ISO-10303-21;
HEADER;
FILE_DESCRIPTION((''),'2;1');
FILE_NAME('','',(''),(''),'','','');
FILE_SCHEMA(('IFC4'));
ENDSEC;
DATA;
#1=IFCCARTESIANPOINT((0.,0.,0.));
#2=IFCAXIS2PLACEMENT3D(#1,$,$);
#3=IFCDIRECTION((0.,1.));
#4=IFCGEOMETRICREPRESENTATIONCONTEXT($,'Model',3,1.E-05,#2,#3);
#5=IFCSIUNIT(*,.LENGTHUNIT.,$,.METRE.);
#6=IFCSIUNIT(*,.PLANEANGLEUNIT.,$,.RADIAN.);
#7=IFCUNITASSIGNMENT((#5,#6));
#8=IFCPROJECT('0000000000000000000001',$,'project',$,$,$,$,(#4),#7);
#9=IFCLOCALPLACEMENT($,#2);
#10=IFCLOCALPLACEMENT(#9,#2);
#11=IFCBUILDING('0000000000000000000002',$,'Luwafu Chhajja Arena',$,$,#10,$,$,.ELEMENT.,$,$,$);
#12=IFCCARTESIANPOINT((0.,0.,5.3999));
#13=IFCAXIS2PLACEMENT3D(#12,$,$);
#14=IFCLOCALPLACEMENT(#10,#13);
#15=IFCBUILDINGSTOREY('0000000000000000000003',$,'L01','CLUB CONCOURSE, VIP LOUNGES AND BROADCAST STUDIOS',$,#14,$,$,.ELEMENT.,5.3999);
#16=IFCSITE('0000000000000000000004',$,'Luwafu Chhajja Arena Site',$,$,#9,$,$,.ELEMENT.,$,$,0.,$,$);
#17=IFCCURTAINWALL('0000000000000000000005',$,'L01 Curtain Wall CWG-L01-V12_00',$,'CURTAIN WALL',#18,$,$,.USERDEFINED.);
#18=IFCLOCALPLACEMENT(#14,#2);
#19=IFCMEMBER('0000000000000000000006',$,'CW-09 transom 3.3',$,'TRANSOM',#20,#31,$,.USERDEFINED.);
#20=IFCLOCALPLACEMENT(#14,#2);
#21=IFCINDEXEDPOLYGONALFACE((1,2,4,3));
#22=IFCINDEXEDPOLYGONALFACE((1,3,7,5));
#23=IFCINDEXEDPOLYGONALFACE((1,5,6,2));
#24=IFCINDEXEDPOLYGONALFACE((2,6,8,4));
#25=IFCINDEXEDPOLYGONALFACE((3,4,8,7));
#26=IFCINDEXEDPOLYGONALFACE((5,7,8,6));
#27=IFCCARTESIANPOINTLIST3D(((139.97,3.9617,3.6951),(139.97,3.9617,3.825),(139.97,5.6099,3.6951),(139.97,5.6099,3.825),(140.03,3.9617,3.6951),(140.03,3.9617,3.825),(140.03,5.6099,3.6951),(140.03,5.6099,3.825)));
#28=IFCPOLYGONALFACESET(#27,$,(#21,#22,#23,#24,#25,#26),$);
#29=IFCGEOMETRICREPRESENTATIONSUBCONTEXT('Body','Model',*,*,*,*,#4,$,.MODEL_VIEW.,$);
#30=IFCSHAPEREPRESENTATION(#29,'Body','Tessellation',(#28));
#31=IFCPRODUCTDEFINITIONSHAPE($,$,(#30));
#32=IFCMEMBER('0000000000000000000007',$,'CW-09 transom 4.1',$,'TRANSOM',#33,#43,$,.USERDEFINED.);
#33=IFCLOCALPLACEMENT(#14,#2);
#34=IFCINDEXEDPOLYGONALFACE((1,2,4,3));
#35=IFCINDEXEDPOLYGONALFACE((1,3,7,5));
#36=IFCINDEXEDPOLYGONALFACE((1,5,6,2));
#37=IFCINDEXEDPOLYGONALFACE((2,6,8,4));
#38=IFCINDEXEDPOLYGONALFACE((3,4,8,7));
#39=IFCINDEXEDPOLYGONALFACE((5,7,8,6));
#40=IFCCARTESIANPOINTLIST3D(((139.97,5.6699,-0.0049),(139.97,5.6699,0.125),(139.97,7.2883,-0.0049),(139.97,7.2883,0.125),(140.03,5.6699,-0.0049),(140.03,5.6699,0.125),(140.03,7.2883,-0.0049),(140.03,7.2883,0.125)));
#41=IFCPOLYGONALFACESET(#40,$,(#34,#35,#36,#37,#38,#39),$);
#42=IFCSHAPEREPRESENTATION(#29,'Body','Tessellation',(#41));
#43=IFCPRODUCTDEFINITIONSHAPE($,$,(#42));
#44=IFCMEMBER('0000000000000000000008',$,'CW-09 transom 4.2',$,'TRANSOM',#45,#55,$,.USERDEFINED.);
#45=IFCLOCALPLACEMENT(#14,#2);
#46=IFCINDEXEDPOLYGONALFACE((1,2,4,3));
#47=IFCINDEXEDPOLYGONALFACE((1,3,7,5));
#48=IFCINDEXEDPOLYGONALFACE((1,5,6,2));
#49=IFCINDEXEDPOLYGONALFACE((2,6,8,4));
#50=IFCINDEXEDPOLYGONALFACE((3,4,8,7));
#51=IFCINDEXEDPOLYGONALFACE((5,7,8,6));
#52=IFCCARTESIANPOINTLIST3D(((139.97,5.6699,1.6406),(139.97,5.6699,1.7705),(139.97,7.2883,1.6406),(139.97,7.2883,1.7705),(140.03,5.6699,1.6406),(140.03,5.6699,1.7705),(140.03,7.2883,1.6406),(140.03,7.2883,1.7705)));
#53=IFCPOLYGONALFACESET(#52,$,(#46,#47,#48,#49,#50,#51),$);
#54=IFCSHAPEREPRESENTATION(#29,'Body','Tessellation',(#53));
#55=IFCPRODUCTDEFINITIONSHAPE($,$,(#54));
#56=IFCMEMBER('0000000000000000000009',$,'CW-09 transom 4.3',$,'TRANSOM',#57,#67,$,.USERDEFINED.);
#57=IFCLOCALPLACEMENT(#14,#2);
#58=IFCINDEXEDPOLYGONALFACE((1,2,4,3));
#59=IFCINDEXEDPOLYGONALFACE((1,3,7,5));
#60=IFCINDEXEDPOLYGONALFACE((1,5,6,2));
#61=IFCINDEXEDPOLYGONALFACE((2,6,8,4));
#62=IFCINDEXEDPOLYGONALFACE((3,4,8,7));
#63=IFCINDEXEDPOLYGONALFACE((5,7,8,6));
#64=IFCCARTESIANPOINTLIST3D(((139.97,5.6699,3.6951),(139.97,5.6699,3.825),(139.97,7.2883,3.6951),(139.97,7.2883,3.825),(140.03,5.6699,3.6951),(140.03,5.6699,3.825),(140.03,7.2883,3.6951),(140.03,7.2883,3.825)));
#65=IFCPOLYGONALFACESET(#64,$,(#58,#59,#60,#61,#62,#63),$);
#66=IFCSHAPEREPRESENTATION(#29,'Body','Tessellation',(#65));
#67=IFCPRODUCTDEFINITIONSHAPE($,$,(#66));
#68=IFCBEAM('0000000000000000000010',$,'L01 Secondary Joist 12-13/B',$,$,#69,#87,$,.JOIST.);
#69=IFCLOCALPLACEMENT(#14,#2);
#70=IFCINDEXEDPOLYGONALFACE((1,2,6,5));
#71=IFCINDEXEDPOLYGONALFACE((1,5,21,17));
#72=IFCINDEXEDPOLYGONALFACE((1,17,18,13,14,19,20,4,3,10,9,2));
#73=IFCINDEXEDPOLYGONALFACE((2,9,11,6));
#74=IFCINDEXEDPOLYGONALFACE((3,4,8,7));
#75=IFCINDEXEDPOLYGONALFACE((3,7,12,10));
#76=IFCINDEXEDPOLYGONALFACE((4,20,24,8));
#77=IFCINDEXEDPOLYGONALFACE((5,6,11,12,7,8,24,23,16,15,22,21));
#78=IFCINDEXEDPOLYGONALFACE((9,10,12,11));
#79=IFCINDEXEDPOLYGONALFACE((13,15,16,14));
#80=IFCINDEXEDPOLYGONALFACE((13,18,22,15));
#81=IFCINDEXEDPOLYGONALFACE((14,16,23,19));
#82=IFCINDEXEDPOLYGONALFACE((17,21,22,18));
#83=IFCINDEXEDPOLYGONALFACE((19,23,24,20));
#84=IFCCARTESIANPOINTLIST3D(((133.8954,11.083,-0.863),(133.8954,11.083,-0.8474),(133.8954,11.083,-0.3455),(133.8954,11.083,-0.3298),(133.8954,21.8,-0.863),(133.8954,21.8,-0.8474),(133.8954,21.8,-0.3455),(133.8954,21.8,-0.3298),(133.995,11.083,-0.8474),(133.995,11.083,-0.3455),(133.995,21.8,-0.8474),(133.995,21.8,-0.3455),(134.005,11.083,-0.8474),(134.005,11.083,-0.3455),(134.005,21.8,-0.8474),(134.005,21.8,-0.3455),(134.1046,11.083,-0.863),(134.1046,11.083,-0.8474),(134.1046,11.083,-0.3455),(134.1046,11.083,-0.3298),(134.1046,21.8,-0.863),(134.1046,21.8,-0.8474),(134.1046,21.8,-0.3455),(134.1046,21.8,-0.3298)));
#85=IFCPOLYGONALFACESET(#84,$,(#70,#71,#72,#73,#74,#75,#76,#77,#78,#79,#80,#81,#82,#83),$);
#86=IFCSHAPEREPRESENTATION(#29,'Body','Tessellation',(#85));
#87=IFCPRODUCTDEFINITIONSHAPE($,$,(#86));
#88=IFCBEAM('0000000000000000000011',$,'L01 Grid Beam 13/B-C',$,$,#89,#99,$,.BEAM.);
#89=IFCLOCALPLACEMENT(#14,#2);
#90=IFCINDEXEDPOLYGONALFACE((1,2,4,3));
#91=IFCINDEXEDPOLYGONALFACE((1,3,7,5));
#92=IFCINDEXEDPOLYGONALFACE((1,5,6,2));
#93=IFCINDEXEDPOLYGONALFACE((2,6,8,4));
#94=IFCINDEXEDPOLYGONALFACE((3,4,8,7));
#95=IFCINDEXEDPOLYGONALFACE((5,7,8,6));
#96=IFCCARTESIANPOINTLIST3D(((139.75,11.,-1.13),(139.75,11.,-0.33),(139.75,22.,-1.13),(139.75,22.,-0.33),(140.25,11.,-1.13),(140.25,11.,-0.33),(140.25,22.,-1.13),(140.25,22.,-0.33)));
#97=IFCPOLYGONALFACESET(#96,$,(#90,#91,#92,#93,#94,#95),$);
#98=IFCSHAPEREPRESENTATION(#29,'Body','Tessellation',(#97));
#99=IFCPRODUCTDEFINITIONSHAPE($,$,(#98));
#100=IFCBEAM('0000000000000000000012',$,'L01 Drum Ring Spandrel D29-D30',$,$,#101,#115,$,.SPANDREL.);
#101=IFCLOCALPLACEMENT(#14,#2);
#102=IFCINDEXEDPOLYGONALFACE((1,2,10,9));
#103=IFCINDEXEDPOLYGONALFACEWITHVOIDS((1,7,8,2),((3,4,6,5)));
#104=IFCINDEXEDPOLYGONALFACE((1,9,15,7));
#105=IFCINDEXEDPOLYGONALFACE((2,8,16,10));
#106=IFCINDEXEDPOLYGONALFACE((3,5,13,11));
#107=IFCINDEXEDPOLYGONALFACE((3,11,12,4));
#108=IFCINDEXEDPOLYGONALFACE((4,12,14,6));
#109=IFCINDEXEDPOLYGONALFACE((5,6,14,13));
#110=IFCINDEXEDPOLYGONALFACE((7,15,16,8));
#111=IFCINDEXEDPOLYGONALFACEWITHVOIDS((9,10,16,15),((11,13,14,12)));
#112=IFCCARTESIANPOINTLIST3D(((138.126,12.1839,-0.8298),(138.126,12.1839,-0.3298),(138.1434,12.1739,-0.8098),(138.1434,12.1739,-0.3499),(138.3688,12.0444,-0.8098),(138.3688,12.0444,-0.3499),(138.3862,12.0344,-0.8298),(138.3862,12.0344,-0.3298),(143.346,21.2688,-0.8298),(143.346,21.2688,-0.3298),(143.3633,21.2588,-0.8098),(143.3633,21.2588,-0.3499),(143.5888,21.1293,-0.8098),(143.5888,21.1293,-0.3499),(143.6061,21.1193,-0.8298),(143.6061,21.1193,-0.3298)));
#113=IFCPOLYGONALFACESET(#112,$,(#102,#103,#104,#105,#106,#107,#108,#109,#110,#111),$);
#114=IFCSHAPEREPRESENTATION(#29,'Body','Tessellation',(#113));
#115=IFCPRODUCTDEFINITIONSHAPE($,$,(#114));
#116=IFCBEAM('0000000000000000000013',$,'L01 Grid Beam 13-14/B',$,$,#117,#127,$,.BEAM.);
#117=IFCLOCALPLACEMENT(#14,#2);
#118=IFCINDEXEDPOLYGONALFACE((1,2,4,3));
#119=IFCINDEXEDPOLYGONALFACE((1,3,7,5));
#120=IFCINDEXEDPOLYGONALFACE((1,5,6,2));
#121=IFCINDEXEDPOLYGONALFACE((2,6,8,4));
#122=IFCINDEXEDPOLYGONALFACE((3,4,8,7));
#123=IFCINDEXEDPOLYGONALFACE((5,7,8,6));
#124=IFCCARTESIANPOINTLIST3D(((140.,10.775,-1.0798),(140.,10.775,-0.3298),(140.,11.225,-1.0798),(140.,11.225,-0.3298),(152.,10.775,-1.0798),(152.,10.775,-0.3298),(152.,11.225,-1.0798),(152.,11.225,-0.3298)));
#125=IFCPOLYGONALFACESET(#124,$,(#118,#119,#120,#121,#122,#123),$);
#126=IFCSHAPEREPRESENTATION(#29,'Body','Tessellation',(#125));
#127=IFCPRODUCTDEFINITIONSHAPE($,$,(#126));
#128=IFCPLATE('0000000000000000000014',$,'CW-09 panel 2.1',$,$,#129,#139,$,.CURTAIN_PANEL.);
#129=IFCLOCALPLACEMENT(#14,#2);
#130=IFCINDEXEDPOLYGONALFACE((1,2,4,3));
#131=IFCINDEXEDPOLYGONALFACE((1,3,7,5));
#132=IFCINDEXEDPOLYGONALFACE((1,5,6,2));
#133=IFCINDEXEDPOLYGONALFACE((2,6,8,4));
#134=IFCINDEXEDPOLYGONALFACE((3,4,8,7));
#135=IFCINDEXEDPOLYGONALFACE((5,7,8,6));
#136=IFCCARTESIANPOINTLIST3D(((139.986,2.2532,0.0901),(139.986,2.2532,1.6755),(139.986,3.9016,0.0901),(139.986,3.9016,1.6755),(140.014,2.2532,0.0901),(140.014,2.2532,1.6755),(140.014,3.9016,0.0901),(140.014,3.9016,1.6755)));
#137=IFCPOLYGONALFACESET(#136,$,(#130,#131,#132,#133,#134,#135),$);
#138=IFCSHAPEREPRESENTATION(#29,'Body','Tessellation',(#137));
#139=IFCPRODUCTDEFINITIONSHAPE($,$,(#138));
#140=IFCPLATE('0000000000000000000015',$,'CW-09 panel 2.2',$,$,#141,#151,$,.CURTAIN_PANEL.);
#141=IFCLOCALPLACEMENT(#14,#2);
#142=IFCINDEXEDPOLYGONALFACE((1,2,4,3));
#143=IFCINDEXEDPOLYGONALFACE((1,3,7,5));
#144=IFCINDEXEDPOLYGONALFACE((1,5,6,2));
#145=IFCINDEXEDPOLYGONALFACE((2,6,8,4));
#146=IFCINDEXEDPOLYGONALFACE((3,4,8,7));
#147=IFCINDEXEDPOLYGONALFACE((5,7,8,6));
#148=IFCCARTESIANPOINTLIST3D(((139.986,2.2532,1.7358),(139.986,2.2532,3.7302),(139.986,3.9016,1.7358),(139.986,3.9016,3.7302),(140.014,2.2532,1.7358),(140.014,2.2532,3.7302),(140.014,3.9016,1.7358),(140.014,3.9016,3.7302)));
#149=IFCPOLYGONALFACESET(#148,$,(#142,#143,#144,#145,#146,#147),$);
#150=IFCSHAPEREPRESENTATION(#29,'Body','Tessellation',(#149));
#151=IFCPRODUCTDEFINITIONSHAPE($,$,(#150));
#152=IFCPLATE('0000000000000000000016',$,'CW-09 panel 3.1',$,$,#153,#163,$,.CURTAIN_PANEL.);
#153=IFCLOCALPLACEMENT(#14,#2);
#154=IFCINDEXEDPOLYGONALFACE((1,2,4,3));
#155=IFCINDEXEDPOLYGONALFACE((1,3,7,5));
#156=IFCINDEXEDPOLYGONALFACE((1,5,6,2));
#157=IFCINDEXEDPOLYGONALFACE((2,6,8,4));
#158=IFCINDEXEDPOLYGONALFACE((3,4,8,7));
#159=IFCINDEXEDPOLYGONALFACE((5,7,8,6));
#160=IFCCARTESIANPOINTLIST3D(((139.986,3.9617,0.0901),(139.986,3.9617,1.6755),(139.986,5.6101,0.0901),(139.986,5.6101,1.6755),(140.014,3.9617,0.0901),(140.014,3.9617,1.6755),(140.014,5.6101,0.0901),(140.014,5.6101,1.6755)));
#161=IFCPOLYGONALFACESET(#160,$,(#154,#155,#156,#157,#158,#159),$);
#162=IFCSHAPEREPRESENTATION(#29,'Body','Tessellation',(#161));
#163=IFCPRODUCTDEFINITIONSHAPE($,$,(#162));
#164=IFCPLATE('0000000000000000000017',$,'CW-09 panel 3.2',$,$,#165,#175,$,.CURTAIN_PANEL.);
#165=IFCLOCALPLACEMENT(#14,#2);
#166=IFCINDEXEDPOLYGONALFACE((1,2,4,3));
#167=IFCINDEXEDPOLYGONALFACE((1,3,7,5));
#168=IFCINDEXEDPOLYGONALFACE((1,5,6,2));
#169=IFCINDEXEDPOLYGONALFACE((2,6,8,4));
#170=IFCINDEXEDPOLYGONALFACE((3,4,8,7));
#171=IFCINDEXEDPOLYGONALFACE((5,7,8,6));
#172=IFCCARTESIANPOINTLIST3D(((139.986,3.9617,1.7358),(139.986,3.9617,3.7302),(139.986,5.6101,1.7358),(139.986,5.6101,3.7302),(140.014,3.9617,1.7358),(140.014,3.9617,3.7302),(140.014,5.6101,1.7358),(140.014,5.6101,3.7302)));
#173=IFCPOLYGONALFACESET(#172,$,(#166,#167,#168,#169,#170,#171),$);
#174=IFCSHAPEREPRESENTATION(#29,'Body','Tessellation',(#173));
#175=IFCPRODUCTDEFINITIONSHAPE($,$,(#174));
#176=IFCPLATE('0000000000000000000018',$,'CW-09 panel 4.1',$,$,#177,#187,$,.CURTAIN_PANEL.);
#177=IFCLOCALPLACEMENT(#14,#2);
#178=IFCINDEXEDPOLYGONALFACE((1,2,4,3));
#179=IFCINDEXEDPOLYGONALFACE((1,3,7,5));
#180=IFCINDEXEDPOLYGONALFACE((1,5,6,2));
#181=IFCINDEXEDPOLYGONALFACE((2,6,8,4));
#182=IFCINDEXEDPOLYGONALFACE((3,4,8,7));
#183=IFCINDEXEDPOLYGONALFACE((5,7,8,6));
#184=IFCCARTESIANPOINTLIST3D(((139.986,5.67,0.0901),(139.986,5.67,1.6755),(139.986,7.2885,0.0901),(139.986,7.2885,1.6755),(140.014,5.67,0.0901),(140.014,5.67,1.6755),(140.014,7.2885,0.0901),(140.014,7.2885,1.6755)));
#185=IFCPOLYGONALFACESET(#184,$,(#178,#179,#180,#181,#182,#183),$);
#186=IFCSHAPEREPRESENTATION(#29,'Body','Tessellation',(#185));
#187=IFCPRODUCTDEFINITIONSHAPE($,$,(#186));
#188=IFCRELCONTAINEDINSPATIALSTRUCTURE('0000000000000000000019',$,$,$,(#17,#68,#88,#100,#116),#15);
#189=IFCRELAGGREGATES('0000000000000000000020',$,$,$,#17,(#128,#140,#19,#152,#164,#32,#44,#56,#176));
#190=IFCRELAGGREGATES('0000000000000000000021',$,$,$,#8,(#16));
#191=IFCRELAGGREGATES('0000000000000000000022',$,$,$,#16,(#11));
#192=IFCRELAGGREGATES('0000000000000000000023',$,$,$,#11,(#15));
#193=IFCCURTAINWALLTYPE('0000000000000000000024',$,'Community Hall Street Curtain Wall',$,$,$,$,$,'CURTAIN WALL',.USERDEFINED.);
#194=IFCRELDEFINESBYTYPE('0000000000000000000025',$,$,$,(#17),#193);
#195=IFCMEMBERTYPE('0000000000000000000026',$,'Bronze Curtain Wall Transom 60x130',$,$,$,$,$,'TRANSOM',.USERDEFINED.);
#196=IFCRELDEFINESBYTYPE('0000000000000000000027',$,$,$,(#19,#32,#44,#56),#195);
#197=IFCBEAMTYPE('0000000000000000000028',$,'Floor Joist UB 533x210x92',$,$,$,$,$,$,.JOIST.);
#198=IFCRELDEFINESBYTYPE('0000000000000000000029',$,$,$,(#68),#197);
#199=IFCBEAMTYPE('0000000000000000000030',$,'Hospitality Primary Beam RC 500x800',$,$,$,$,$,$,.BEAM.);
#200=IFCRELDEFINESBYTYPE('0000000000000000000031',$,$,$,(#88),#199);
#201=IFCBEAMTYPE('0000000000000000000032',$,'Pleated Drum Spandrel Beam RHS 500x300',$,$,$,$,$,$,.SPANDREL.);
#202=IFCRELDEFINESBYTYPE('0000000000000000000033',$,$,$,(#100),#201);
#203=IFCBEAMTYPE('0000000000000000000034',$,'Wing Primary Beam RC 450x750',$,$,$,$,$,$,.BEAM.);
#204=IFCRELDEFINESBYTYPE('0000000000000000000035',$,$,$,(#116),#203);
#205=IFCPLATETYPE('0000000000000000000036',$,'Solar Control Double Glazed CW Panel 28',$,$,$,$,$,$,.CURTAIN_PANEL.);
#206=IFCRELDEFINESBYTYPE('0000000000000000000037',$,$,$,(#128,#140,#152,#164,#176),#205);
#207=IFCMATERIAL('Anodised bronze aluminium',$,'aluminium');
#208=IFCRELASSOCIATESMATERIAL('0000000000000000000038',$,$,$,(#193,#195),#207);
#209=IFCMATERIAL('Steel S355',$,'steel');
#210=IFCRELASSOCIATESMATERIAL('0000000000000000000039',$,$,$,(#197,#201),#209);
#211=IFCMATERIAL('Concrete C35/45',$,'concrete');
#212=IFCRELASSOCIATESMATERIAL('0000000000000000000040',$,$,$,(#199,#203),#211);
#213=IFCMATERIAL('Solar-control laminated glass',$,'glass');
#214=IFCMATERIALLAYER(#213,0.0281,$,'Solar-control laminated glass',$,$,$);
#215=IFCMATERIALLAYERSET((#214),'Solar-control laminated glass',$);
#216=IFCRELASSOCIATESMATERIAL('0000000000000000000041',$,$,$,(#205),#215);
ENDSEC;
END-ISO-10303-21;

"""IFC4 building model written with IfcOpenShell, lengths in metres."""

from ifc_helpers import new_model, si_unit, direction, frame, origin, origin_2d, place, context, subcontext, project, spatial, rectangle, hollow_rectangle, i_section, extrude, material, layer, layer_set, material_profile, profile_set, type_object, element, aggregate, save


model = new_model("IFC4")

# Units and contexts
model_context = context("Model", 3, precision=1e-05, world=origin(), true_north=direction((0.0, 1.0)))
body_context = subcontext(model_context, "Body", "Model", "MODEL_VIEW")
ifc_project = project(units=[si_unit("LENGTHUNIT", "METRE"), si_unit("PLANEANGLEUNIT", "RADIAN")], contexts=[model_context])

# Site, building, storey
site_placement = place(None, origin())
site = spatial("IfcSite", under=ifc_project, at=site_placement, Name="Luwafu Chhajja Arena Site", CompositionType="ELEMENT", RefElevation=0.0)
building_placement = place(site_placement, origin())
building = spatial("IfcBuilding", under=site, at=building_placement, Name="Luwafu Chhajja Arena", CompositionType="ELEMENT")
storey_placement = place(building_placement, frame((0.0, 0.0, 5.3999)))
storey = spatial("IfcBuildingStorey", under=building, at=storey_placement, Name="L01", Description="CLUB CONCOURSE, VIP LOUNGES AND BROADCAST STUDIOS", CompositionType="ELEMENT", Elevation=5.3999)

# Shared definitions
ifc_material_1 = material(Name="Concrete C35/45", Category="concrete")
ifc_material_2 = material(Name="Steel S355", Category="steel")

# Curtain wall, members
ifc_material_3 = material(Name="Anodised bronze aluminium", Category="aluminium")
curtain_wall_type = type_object("IfcCurtainWallType", Name="Community Hall Street Curtain Wall", ElementType="CURTAIN WALL", PredefinedType="USERDEFINED", material=ifc_material_3)
curtain_wall_placement = place(storey_placement, origin())
curtain_wall = element("IfcCurtainWall", 1, at=curtain_wall_placement, inside=storey, type_object=curtain_wall_type, Name="L01 Curtain Wall CWG-L01-V12_00", ObjectType="CURTAIN WALL", PredefinedType="USERDEFINED")
ifc_material_profile_1 = material_profile(ifc_material_3, rectangle(XDim=0.0601, YDim=0.1299, at=origin_2d()), Name="CWT 60x130")
ifc_profile_set_1 = profile_set([ifc_material_profile_1], Name="Anodised bronze aluminium")
member_type_1 = type_object("IfcMemberType", Name="Bronze Curtain Wall Transom 60x130", ElementType="TRANSOM", PredefinedType="USERDEFINED", material=ifc_profile_set_1)
member_1_placement = place(storey_placement, frame((140.0, 3.9617, 3.76), z_axis=(0.0, 1.0, 0.0), x_axis=(-1.0, 0.0, 0.0)))
member_1 = element("IfcMember", 2, at=member_1_placement, type_object=member_type_1, Name="CW-09 transom 3.3", ObjectType="TRANSOM", PredefinedType="USERDEFINED", context=body_context, shape_type="SweptSolid", body=[
    extrude(rectangle(XDim=0.0601, YDim=0.1299, at=origin_2d()), origin(), (0.0, 0.0, 1.0), 1.6482),
])
member_2_placement = place(storey_placement, frame((140.0, 5.6699, 0.0601), z_axis=(0.0, 1.0, 0.0), x_axis=(-1.0, 0.0, 0.0)))
member_2 = element("IfcMember", 3, at=member_2_placement, type_object=member_type_1, Name="CW-09 transom 4.1", ObjectType="TRANSOM", PredefinedType="USERDEFINED", context=body_context, shape_type="SweptSolid", body=[
    extrude(rectangle(XDim=0.0601, YDim=0.1299, at=origin_2d()), origin(), (0.0, 0.0, 1.0), 1.6184),
])
member_3_placement = place(storey_placement, frame((140.0, 5.6699, 1.7056), z_axis=(0.0, 1.0, 0.0), x_axis=(-1.0, 0.0, 0.0)))
member_3 = element("IfcMember", 4, at=member_3_placement, type_object=member_type_1, Name="CW-09 transom 4.2", ObjectType="TRANSOM", PredefinedType="USERDEFINED", context=body_context, shape_type="SweptSolid", body=[
    extrude(rectangle(XDim=0.0601, YDim=0.1299, at=origin_2d()), origin(), (0.0, 0.0, 1.0), 1.6184),
])
member_4_placement = place(storey_placement, frame((140.0, 5.6699, 3.76), z_axis=(0.0, 1.0, 0.0), x_axis=(-1.0, 0.0, 0.0)))
member_4 = element("IfcMember", 5, at=member_4_placement, type_object=member_type_1, Name="CW-09 transom 4.3", ObjectType="TRANSOM", PredefinedType="USERDEFINED", context=body_context, shape_type="SweptSolid", body=[
    extrude(rectangle(XDim=0.0601, YDim=0.1299, at=origin_2d()), origin(), (0.0, 0.0, 1.0), 1.6184),
])

# Beams
ifc_material_profile_2 = material_profile(ifc_material_2, i_section(OverallWidth=0.2092, OverallDepth=0.5332, WebThickness=0.01, FlangeThickness=0.0156, at=origin_2d()), Name="UB 533x210x92")
ifc_profile_set_2 = profile_set([ifc_material_profile_2], Name="Steel S355")
beam_type_1 = type_object("IfcBeamType", Name="Floor Joist UB 533x210x92", PredefinedType="JOIST", material=ifc_profile_set_2)
beam_1_placement = place(storey_placement, frame((134.0, 11.083, -0.5964), z_axis=(0.0, 1.0, 0.0), x_axis=(-1.0, 0.0, 0.0)))
element("IfcBeam", 6, at=beam_1_placement, inside=storey, type_object=beam_type_1, Name="L01 Secondary Joist 12-13/B", PredefinedType="JOIST", context=body_context, shape_type="SweptSolid", body=[
    extrude(i_section(OverallWidth=0.2092, OverallDepth=0.5332, WebThickness=0.01, FlangeThickness=0.0156, at=origin_2d()), origin(), (0.0, 0.0, 1.0), 10.717),
])
ifc_material_profile_3 = material_profile(ifc_material_1, rectangle(XDim=0.5, YDim=0.8, at=origin_2d()), Name="RC 500x800")
ifc_profile_set_3 = profile_set([ifc_material_profile_3], Name="Concrete C35/45")
beam_type_2 = type_object("IfcBeamType", Name="Hospitality Primary Beam RC 500x800", PredefinedType="BEAM", material=ifc_profile_set_3)
beam_2_placement = place(storey_placement, frame((140.0, 11.0, -0.73), z_axis=(0.0, 1.0, 0.0), x_axis=(-1.0, 0.0, 0.0)))
element("IfcBeam", 7, at=beam_2_placement, inside=storey, type_object=beam_type_2, Name="L01 Grid Beam 13/B-C", PredefinedType="BEAM", context=body_context, shape_type="SweptSolid", body=[
    extrude(rectangle(XDim=0.5, YDim=0.8, at=origin_2d()), origin(), (0.0, 0.0, 1.0), 11.0),
])
ifc_material_profile_4 = material_profile(ifc_material_2, hollow_rectangle(XDim=0.3, YDim=0.5, WallThickness=0.02, at=origin_2d()), Name="RHS 500x300x20")
ifc_profile_set_4 = profile_set([ifc_material_profile_4], Name="Steel S355")
beam_type_3 = type_object("IfcBeamType", Name="Pleated Drum Spandrel Beam RHS 500x300", PredefinedType="SPANDREL", material=ifc_profile_set_4)
beam_3_placement = place(storey_placement, frame((138.2561, 12.1091, -0.5798), z_axis=(0.498193, 0.867066, 0.0), x_axis=(-0.867066, 0.498193, 0.0)))
element("IfcBeam", 8, at=beam_3_placement, inside=storey, type_object=beam_type_3, Name="L01 Drum Ring Spandrel D29-D30", PredefinedType="SPANDREL", context=body_context, shape_type="SweptSolid", body=[
    extrude(hollow_rectangle(XDim=0.3, YDim=0.5, WallThickness=0.02, at=origin_2d()), origin(), (0.0, 0.0, 1.0), 10.4778),
])
ifc_material_profile_5 = material_profile(ifc_material_1, rectangle(XDim=0.45, YDim=0.75, at=origin_2d()), Name="RC 450x750")
ifc_profile_set_5 = profile_set([ifc_material_profile_5], Name="Concrete C35/45")
beam_type_4 = type_object("IfcBeamType", Name="Wing Primary Beam RC 450x750", PredefinedType="BEAM", material=ifc_profile_set_5)
beam_4_placement = place(storey_placement, frame((140.0, 11.0, -0.7048), z_axis=(1.0, 0.0, 0.0), x_axis=(0.0, 1.0, 0.0)))
element("IfcBeam", 9, at=beam_4_placement, inside=storey, type_object=beam_type_4, Name="L01 Grid Beam 13-14/B", PredefinedType="BEAM", context=body_context, shape_type="SweptSolid", body=[
    extrude(rectangle(XDim=0.45, YDim=0.75, at=origin_2d()), origin(), (0.0, 0.0, 1.0), 12.0),
])

# Plates
ifc_material_4 = material(Name="Solar-control laminated glass", Category="glass")
ifc_layer_1 = layer(ifc_material_4, 0.0281, Name="Solar-control laminated glass")
ifc_layer_set_1 = layer_set([ifc_layer_1], Name="Solar-control laminated glass")
plate_type = type_object("IfcPlateType", Name="Solar Control Double Glazed CW Panel 28", PredefinedType="CURTAIN_PANEL", material=ifc_layer_set_1)
plate_1_placement = place(storey_placement, frame((140.0, 3.0774, 0.0901), z_axis=(0.0, 0.0, 1.0), x_axis=(0.0, 1.0, 0.0)))
plate_1 = element("IfcPlate", 10, at=plate_1_placement, type_object=plate_type, Name="CW-09 panel 2.1", PredefinedType="CURTAIN_PANEL", context=body_context, shape_type="SweptSolid", body=[
    extrude(rectangle(XDim=1.6484, YDim=0.0281, at=origin_2d()), origin(), (0.0, 0.0, 1.0), 1.5854),
])
plate_2_placement = place(storey_placement, frame((140.0, 3.0774, 1.7358), z_axis=(0.0, 0.0, 1.0), x_axis=(0.0, 1.0, 0.0)))
plate_2 = element("IfcPlate", 11, at=plate_2_placement, type_object=plate_type, Name="CW-09 panel 2.2", PredefinedType="CURTAIN_PANEL", context=body_context, shape_type="SweptSolid", body=[
    extrude(rectangle(XDim=1.6484, YDim=0.0281, at=origin_2d()), origin(), (0.0, 0.0, 1.0), 1.9944),
])
plate_3_placement = place(storey_placement, frame((140.0, 4.7859, 0.0901), z_axis=(0.0, 0.0, 1.0), x_axis=(0.0, 1.0, 0.0)))
plate_3 = element("IfcPlate", 12, at=plate_3_placement, type_object=plate_type, Name="CW-09 panel 3.1", PredefinedType="CURTAIN_PANEL", context=body_context, shape_type="SweptSolid", body=[
    extrude(rectangle(XDim=1.6484, YDim=0.0281, at=origin_2d()), origin(), (0.0, 0.0, 1.0), 1.5854),
])
plate_4_placement = place(storey_placement, frame((140.0, 4.7859, 1.7358), z_axis=(0.0, 0.0, 1.0), x_axis=(0.0, 1.0, 0.0)))
plate_4 = element("IfcPlate", 13, at=plate_4_placement, type_object=plate_type, Name="CW-09 panel 3.2", PredefinedType="CURTAIN_PANEL", context=body_context, shape_type="SweptSolid", body=[
    extrude(rectangle(XDim=1.6484, YDim=0.0281, at=origin_2d()), origin(), (0.0, 0.0, 1.0), 1.9944),
])
plate_5_placement = place(storey_placement, frame((140.0, 6.4792, 0.0901), z_axis=(0.0, 0.0, 1.0), x_axis=(0.0, 1.0, 0.0)))
plate_5 = element("IfcPlate", 14, at=plate_5_placement, type_object=plate_type, Name="CW-09 panel 4.1", PredefinedType="CURTAIN_PANEL", context=body_context, shape_type="SweptSolid", body=[
    extrude(rectangle(XDim=1.6184, YDim=0.0281, at=origin_2d()), origin(), (0.0, 0.0, 1.0), 1.5854),
])
aggregate(curtain_wall, [plate_1, plate_2, member_1, plate_3, plate_4, member_2, member_3, member_4, plate_5])

save(model, "model.ifc")
